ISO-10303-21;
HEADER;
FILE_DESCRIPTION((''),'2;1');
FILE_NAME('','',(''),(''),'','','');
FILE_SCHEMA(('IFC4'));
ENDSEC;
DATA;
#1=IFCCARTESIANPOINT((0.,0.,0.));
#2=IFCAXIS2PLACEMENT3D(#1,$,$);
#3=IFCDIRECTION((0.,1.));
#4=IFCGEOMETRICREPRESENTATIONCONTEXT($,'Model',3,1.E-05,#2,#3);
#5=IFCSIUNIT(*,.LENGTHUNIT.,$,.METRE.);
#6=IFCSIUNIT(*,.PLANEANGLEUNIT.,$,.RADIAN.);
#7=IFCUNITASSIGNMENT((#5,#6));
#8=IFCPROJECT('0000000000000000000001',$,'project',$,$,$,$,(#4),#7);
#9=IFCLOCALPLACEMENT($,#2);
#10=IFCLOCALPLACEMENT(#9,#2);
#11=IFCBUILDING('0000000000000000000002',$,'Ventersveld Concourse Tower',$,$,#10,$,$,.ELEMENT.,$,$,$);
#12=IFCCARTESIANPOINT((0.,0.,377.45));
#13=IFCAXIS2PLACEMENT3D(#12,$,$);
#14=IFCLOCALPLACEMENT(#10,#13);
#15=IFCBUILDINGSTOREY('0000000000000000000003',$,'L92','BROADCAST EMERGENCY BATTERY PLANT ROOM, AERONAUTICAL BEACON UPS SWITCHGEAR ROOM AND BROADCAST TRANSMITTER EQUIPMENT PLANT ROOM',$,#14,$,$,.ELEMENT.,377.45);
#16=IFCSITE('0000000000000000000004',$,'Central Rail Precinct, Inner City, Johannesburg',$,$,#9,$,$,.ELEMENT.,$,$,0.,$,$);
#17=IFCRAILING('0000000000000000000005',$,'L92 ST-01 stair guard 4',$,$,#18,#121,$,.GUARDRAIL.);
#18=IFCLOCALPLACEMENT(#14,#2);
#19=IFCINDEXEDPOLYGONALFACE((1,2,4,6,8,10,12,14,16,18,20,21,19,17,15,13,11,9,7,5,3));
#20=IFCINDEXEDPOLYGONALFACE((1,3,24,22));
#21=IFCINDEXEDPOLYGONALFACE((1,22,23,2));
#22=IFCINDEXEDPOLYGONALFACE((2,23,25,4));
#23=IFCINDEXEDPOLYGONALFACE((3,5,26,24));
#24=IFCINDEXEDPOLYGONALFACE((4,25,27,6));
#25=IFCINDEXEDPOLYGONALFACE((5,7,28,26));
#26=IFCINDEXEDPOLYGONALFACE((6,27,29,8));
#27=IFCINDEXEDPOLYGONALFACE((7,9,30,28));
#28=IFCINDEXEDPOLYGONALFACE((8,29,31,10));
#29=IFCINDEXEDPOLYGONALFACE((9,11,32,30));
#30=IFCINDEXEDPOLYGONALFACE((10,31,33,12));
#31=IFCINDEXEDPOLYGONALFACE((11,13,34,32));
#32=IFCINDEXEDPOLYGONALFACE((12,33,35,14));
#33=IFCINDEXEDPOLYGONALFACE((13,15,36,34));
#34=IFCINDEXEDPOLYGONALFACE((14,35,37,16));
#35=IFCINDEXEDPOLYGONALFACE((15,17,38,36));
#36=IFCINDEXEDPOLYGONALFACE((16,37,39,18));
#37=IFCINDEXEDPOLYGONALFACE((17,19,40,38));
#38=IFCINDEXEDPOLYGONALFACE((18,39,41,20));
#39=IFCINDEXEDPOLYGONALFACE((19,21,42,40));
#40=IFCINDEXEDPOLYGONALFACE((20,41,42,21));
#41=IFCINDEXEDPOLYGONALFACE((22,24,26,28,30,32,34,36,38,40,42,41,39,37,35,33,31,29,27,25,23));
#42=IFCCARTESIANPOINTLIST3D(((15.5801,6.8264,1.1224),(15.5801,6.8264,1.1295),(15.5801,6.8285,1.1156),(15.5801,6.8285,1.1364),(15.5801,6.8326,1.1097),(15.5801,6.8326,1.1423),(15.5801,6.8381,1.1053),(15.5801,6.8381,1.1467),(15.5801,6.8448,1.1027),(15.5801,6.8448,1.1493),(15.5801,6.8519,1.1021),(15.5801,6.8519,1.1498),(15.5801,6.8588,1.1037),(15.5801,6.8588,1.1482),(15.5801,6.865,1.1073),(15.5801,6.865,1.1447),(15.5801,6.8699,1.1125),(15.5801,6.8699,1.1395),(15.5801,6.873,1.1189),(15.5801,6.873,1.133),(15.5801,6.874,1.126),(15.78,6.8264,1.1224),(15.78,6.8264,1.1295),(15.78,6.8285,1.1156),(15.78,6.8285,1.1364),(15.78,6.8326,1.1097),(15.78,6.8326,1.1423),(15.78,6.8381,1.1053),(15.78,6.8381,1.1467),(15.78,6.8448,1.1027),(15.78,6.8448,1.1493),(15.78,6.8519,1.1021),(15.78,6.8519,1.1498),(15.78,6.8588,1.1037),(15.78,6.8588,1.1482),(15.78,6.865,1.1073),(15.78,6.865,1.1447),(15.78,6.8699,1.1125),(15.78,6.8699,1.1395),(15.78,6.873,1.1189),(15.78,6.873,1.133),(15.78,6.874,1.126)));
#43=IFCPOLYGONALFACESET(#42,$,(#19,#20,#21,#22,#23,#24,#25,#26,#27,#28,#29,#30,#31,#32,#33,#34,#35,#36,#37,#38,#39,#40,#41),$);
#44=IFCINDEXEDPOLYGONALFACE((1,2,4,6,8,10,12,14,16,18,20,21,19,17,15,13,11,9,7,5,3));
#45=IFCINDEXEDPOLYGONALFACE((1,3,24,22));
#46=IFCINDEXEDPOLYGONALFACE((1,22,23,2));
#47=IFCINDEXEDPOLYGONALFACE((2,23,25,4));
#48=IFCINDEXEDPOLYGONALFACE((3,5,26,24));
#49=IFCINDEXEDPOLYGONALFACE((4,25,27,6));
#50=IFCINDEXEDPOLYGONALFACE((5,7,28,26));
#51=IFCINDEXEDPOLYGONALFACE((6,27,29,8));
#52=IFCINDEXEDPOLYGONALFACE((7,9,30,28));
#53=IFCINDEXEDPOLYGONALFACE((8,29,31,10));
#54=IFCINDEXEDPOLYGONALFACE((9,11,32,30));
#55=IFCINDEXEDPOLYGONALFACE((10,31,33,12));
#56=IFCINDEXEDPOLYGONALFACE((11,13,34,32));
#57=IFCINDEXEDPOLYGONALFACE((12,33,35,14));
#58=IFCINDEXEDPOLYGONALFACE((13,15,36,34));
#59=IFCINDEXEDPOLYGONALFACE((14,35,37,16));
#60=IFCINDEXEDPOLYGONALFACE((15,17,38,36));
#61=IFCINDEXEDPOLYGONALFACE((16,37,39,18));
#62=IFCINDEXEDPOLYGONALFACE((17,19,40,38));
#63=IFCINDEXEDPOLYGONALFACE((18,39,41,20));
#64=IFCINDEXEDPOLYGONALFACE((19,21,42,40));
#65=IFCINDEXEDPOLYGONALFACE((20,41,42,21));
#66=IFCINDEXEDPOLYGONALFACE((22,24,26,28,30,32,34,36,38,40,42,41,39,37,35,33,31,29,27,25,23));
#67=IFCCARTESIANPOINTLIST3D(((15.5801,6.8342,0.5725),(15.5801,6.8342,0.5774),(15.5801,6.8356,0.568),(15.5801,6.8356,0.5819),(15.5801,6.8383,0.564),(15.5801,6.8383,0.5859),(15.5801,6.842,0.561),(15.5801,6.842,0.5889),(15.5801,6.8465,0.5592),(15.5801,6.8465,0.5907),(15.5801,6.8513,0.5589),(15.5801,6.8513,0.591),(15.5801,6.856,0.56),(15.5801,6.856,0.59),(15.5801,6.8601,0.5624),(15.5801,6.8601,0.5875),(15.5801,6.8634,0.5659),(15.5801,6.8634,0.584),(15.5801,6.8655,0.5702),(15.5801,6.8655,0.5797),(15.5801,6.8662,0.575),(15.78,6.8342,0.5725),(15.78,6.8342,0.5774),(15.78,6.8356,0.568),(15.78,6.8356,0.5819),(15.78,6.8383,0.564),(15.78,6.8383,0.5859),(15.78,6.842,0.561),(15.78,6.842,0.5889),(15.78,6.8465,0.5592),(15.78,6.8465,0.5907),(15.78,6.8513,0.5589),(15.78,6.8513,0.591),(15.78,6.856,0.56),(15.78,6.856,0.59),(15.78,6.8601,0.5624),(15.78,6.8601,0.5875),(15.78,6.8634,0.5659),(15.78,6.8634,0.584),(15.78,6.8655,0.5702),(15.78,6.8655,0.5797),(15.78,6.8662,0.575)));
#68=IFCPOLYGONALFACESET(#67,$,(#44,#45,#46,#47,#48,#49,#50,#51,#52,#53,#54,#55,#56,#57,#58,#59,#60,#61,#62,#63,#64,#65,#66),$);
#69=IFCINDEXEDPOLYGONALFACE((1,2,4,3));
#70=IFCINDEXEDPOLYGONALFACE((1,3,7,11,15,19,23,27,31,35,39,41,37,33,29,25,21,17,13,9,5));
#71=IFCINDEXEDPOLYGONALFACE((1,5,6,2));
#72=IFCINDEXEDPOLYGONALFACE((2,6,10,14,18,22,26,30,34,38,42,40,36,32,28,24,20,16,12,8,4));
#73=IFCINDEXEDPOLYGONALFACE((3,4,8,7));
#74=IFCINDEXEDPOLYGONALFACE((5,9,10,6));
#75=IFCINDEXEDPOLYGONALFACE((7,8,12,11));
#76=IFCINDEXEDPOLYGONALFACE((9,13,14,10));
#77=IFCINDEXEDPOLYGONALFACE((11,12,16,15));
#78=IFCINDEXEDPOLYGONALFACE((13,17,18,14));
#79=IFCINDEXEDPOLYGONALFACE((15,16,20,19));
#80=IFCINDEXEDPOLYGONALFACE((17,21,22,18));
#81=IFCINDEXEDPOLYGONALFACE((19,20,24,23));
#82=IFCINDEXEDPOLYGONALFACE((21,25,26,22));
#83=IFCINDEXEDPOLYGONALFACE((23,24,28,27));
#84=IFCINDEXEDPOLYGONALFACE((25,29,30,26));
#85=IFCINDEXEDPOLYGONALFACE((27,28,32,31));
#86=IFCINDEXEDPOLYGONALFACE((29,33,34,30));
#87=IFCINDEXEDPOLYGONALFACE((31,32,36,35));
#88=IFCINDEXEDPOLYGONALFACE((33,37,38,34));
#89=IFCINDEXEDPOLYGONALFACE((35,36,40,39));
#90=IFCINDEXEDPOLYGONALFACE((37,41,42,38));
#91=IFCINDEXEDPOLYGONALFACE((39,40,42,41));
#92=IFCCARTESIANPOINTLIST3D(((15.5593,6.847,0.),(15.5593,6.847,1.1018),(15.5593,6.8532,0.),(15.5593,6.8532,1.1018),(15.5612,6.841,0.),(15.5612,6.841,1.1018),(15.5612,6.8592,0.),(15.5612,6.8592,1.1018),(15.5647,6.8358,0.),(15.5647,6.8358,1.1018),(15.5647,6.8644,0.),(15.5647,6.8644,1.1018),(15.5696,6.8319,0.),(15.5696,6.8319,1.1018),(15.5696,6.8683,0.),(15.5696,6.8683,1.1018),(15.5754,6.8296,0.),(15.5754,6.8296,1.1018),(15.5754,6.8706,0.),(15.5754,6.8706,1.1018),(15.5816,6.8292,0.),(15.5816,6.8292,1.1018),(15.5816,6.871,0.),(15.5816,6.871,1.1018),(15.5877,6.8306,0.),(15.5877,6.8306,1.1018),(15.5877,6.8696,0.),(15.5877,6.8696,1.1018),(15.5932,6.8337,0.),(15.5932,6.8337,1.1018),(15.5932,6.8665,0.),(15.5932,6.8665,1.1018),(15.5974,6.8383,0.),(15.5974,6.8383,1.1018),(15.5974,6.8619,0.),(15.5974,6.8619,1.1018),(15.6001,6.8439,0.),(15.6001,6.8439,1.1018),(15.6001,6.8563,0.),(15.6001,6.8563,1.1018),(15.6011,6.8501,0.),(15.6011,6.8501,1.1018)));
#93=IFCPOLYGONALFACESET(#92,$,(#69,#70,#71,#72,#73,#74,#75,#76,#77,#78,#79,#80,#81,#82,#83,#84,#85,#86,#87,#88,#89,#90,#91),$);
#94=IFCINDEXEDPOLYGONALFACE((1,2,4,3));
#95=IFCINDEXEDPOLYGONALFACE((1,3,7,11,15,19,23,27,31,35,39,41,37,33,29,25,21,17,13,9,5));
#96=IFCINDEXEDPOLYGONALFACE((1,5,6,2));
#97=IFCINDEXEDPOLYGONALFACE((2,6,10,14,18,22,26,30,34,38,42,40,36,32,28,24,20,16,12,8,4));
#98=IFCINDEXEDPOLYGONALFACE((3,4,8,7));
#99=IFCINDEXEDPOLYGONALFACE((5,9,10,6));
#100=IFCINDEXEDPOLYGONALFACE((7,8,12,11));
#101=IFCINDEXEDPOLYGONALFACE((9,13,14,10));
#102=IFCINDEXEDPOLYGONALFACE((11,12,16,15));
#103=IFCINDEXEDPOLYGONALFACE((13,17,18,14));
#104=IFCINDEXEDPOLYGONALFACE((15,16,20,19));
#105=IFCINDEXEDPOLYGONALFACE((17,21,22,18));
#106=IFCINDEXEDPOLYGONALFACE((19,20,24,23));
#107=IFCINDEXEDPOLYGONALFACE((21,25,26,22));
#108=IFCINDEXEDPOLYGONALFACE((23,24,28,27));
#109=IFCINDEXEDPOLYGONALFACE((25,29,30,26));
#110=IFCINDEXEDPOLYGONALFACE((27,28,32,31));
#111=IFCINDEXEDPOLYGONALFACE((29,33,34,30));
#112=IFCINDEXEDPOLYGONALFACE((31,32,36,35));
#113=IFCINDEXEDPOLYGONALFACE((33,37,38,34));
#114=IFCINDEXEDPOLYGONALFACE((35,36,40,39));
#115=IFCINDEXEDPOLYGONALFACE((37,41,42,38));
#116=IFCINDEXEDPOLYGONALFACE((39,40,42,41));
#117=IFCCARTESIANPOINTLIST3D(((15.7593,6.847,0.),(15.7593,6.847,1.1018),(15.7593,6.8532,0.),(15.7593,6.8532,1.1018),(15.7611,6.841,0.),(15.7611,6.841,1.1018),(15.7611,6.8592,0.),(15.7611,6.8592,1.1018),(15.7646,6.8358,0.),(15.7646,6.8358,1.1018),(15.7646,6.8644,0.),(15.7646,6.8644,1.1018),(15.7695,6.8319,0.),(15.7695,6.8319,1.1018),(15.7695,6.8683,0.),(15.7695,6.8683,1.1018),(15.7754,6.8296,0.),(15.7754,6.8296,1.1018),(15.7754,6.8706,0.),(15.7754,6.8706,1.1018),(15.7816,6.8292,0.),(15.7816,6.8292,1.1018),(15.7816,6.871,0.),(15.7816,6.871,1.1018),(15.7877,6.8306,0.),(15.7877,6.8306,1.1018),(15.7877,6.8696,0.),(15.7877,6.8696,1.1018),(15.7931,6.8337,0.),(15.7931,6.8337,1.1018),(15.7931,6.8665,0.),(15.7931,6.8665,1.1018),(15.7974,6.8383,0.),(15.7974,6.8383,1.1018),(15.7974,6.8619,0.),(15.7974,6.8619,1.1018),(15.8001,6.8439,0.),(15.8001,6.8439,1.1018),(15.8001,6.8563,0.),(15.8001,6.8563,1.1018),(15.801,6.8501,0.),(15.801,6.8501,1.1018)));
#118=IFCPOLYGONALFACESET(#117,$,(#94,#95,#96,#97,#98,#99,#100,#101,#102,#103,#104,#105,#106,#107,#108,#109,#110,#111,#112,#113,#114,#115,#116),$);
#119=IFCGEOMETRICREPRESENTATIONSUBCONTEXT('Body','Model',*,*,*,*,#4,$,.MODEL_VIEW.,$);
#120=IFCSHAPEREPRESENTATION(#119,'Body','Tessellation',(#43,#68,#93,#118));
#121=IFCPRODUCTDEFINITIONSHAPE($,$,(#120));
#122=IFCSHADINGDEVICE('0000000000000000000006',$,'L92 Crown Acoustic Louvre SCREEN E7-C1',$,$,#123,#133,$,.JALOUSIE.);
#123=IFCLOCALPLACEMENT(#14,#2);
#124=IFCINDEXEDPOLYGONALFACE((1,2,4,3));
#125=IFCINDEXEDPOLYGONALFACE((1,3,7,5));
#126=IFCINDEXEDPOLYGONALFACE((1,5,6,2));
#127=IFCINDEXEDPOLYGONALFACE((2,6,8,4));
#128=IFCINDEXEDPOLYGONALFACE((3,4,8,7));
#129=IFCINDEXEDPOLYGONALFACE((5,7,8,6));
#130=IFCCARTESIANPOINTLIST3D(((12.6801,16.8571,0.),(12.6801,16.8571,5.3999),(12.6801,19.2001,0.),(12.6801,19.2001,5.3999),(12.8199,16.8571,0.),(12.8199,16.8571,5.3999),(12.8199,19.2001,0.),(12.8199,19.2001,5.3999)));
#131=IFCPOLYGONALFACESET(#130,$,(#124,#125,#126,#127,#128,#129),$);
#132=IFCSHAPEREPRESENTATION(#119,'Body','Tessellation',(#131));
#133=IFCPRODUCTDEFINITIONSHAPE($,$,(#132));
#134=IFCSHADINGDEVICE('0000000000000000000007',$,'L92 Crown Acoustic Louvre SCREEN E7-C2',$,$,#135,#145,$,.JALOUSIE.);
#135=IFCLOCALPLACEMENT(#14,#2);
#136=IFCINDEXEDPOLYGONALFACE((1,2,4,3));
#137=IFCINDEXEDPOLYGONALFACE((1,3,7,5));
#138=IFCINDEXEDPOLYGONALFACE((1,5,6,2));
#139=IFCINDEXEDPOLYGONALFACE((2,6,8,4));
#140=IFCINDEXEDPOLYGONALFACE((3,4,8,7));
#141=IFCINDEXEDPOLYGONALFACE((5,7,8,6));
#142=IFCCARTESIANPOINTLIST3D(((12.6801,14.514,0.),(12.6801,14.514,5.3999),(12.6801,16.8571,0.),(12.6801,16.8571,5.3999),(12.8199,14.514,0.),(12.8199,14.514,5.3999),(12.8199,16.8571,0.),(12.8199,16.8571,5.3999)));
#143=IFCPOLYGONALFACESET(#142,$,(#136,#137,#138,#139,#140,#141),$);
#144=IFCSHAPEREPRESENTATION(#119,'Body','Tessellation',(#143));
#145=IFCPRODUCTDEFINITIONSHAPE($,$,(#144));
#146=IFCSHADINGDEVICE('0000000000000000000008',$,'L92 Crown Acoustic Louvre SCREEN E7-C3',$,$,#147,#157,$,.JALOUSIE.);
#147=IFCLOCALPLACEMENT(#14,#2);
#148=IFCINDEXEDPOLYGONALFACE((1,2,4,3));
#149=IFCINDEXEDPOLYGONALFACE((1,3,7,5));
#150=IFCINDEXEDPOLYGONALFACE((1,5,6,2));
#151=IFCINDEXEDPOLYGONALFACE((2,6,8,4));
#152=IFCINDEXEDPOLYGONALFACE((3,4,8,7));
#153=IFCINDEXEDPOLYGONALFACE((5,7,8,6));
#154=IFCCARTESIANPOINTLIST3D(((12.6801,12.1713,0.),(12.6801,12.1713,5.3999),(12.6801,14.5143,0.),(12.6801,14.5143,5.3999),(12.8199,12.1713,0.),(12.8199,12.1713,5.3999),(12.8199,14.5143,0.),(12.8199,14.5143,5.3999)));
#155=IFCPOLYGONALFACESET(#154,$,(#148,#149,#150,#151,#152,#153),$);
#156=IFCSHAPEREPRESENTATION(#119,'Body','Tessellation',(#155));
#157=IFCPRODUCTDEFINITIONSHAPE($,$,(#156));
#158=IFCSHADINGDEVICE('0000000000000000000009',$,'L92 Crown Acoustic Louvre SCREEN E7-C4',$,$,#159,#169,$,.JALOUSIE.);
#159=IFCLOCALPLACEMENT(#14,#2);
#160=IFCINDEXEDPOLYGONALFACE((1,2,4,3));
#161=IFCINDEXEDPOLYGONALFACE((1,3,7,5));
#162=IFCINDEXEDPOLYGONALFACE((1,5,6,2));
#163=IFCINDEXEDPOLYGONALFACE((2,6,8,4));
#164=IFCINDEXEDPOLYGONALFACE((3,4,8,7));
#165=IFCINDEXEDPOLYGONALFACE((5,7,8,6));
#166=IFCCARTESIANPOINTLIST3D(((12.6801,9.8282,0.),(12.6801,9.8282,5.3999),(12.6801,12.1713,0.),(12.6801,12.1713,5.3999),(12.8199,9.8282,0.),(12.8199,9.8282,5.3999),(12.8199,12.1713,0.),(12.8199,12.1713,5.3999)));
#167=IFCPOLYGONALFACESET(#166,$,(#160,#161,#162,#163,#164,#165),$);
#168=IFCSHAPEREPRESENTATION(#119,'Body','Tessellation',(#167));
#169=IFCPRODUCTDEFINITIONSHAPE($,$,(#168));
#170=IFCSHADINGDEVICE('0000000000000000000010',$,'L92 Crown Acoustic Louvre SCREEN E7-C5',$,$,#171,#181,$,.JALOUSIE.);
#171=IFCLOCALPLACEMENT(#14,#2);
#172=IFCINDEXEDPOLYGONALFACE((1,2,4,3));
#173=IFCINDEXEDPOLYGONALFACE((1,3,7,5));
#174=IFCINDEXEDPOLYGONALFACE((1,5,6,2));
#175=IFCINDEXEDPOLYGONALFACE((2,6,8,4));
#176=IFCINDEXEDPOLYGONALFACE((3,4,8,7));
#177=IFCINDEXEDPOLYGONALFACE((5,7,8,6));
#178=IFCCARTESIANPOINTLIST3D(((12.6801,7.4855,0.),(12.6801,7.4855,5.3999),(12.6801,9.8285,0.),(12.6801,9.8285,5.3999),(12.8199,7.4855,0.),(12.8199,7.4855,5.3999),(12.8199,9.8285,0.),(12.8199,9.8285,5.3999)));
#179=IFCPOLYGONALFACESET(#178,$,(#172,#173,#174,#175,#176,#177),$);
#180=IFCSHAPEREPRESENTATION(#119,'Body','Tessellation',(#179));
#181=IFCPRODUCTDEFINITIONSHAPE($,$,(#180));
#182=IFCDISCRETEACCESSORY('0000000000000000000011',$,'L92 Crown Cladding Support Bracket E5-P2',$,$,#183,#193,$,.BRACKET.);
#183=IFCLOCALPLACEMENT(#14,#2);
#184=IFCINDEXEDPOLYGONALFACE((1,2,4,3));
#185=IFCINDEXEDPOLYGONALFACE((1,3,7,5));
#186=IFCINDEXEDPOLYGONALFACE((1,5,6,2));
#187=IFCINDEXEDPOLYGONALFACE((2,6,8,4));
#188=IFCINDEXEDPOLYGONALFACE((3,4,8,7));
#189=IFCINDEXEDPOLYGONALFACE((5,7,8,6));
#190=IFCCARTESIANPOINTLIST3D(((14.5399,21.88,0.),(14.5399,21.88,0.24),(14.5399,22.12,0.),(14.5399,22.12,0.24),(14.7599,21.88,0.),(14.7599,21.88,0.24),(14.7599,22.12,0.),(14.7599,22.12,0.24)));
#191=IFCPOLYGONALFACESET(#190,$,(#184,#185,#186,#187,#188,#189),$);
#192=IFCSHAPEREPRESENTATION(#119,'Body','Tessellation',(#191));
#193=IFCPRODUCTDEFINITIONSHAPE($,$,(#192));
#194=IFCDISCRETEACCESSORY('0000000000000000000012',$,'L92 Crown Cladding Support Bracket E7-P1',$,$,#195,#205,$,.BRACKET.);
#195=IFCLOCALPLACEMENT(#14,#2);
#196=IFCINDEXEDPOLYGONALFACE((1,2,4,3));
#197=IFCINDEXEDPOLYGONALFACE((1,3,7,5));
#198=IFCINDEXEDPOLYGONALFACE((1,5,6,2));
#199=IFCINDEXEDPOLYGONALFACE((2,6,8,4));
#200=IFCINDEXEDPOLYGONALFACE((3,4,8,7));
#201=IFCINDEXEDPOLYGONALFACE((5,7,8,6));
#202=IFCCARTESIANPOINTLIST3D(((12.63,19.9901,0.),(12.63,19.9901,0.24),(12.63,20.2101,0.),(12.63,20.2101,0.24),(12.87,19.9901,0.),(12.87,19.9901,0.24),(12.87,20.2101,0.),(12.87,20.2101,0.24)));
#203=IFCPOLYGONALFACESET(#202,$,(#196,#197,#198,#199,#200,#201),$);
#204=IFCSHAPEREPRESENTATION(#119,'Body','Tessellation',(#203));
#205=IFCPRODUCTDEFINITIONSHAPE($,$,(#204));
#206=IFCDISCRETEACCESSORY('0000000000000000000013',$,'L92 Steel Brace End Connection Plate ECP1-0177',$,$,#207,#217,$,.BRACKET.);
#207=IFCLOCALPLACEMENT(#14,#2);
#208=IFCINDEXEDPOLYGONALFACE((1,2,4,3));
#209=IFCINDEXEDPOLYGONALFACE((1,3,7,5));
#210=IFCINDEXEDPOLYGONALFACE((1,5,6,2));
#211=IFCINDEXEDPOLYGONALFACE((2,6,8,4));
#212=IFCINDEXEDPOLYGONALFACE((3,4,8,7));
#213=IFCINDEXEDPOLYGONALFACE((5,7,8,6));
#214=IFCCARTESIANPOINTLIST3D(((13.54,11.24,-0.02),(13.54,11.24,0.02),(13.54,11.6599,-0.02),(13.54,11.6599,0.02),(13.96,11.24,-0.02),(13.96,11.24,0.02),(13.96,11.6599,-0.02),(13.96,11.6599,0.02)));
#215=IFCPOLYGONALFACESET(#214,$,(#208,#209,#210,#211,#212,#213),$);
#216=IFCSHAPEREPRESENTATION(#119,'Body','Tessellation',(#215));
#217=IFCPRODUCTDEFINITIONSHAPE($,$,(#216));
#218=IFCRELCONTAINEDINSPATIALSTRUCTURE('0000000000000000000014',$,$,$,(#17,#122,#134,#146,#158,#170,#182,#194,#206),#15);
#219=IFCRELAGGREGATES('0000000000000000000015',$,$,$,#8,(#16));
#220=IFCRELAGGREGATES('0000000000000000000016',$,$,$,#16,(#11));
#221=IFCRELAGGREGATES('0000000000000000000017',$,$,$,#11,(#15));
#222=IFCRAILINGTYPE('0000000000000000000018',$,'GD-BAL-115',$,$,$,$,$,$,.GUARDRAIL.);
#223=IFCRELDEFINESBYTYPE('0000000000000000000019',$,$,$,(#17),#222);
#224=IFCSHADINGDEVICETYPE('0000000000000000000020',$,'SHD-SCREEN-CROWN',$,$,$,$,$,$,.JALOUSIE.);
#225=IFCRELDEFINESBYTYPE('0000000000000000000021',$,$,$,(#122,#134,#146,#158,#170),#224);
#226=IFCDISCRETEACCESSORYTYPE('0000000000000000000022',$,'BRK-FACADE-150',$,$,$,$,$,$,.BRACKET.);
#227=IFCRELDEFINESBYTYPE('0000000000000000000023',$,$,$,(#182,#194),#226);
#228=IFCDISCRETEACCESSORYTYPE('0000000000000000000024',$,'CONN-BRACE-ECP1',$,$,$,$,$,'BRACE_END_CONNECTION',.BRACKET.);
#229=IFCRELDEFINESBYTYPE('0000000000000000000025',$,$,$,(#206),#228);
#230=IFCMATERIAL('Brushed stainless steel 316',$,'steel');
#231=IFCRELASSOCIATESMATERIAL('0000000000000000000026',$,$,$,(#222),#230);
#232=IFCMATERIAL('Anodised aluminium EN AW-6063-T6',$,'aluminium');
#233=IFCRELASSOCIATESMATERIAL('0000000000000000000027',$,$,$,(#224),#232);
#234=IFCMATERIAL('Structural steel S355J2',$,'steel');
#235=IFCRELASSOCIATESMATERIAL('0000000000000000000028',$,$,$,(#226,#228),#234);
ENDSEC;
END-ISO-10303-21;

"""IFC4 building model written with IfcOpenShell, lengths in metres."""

from ifc_helpers import new_model, si_unit, direction, frame, origin, origin_2d, place, context, subcontext, project, spatial, rectangle, circle, extrude, material, type_object, element, save


model = new_model("IFC4")

# Units and contexts
model_context = context("Model", 3, precision=1e-05, world=origin(), true_north=direction((0.0, 1.0)))
body_context = subcontext(model_context, "Body", "Model", "MODEL_VIEW")
ifc_project = project(units=[si_unit("LENGTHUNIT", "METRE"), si_unit("PLANEANGLEUNIT", "RADIAN")], contexts=[model_context])

# Site, building, storey
site_placement = place(None, origin())
site = spatial("IfcSite", under=ifc_project, at=site_placement, Name="Central Rail Precinct, Inner City, Johannesburg", CompositionType="ELEMENT", RefElevation=0.0)
building_placement = place(site_placement, origin())
building = spatial("IfcBuilding", under=site, at=building_placement, Name="Ventersveld Concourse Tower", CompositionType="ELEMENT")
storey_placement = place(building_placement, frame((0.0, 0.0, 377.45)))
storey = spatial("IfcBuildingStorey", under=building, at=storey_placement, Name="L92", Description="BROADCAST EMERGENCY BATTERY PLANT ROOM, AERONAUTICAL BEACON UPS SWITCHGEAR ROOM AND BROADCAST TRANSMITTER EQUIPMENT PLANT ROOM", CompositionType="ELEMENT", Elevation=377.45)

# Railing
ifc_material_1 = material(Name="Brushed stainless steel 316", Category="steel")
railing_type = type_object("IfcRailingType", Name="GD-BAL-115", PredefinedType="GUARDRAIL", material=ifc_material_1)
railing_1_placement = place(storey_placement, frame((15.5801, 6.8501, 0.0)))
element("IfcRailing", 1, at=railing_1_placement, inside=storey, type_object=railing_type, Name="L92 ST-01 stair guard 4", PredefinedType="GUARDRAIL", context=body_context, shape_type="SweptSolid", body=[
    extrude(circle(Radius=0.0239, at=origin_2d()), frame((0.0, 0.0, 1.126), z_axis=(1.0, 0.0, 0.0), x_axis=(0.0, 1.0, 0.0)), (0.0, 0.0, 1.0), 0.2),
    extrude(circle(Radius=0.0161, at=origin_2d()), frame((0.0, 0.0, 0.575), z_axis=(1.0, 0.0, 0.0), x_axis=(0.0, 1.0, 0.0)), (0.0, 0.0, 1.0), 0.2),
    extrude(circle(Radius=0.021, at=origin_2d()), origin(), (0.0, 0.0, 1.0), 1.1018),
    extrude(circle(Radius=0.021, at=origin_2d()), frame((0.2, 0.0, 0.0)), (0.0, 0.0, 1.0), 1.1018),
])

# Shading devices
ifc_material_2 = material(Name="Anodised aluminium EN AW-6063-T6", Category="aluminium")
shading_device_type = type_object("IfcShadingDeviceType", Name="SHD-SCREEN-CROWN", PredefinedType="JALOUSIE", material=ifc_material_2)
for number, where, z_axis, x_axis, name in (
    (2, (12.75, 18.0286, 0.0), (0.0, 0.0, 1.0), (0.0, -1.0, 0.0), "L92 Crown Acoustic Louvre SCREEN E7-C1"),
    (3, (12.75, 15.6855, 0.0), (0.0, 0.0, 1.0), (0.0, -1.0, 0.0), "L92 Crown Acoustic Louvre SCREEN E7-C2"),
    (4, (12.75, 13.3428, 0.0), (0.0, 0.0, 1.0), (0.0, -1.0, 0.0), "L92 Crown Acoustic Louvre SCREEN E7-C3"),
    (5, (12.75, 10.9998, 0.0), (0.0, 0.0, 1.0), (0.0, -1.0, 0.0), "L92 Crown Acoustic Louvre SCREEN E7-C4"),
    (6, (12.75, 8.657, 0.0), (0.0, 0.0, 1.0), (0.0, -1.0, 0.0), "L92 Crown Acoustic Louvre SCREEN E7-C5"),
):
    element("IfcShadingDevice", number, at=place(storey_placement, frame(where, z_axis=z_axis, x_axis=x_axis)), inside=storey, type_object=shading_device_type, Name=name, PredefinedType="JALOUSIE", context=body_context, shape_type="SweptSolid", body=[
        extrude(rectangle(XDim=2.343, YDim=0.1399, at=origin_2d()), origin(), (0.0, 0.0, 1.0), 5.3999),
    ])

# Discrete accessories
ifc_material_3 = material(Name="Structural steel S355J2", Category="steel")
discrete_accessory_type_1 = type_object("IfcDiscreteAccessoryType", Name="BRK-FACADE-150", PredefinedType="BRACKET", material=ifc_material_3)
for number, where, z_axis, x_axis, name in (
    (7, (14.6499, 22.0, 0.0), (0.0, 0.0, 1.0), (-1.0, 0.0, 0.0), "L92 Crown Cladding Support Bracket E5-P2"),
    (8, (12.75, 20.1001, 0.0), (0.0, 0.0, 1.0), (0.0, -1.0, 0.0), "L92 Crown Cladding Support Bracket E7-P1"),
):
    element("IfcDiscreteAccessory", number, at=place(storey_placement, frame(where, z_axis=z_axis, x_axis=x_axis)), inside=storey, type_object=discrete_accessory_type_1, Name=name, PredefinedType="BRACKET", context=body_context, shape_type="SweptSolid", body=[
        extrude(rectangle(XDim=0.22, YDim=0.24, at=origin_2d()), origin(), (0.0, 0.0, 1.0), 0.24),
    ])
discrete_accessory_type_2 = type_object("IfcDiscreteAccessoryType", Name="CONN-BRACE-ECP1", ElementType="BRACE_END_CONNECTION", PredefinedType="BRACKET", material=ifc_material_3)
for number, where, z_axis, x_axis, name in (
    (9, (13.75, 11.45, -0.02), (0.0, 0.0, 1.0), (1.0, 0.0, 0.0), "L92 Steel Brace End Connection Plate ECP1-0177"),
):
    element("IfcDiscreteAccessory", number, at=place(storey_placement, frame(where, z_axis=z_axis, x_axis=x_axis)), inside=storey, type_object=discrete_accessory_type_2, Name=name, PredefinedType="BRACKET", context=body_context, shape_type="SweptSolid", body=[
        extrude(rectangle(XDim=0.4199, YDim=0.4199, at=origin_2d()), origin(), (0.0, 0.0, 1.0), 0.04),
    ])

save(model, "model.ifc")
